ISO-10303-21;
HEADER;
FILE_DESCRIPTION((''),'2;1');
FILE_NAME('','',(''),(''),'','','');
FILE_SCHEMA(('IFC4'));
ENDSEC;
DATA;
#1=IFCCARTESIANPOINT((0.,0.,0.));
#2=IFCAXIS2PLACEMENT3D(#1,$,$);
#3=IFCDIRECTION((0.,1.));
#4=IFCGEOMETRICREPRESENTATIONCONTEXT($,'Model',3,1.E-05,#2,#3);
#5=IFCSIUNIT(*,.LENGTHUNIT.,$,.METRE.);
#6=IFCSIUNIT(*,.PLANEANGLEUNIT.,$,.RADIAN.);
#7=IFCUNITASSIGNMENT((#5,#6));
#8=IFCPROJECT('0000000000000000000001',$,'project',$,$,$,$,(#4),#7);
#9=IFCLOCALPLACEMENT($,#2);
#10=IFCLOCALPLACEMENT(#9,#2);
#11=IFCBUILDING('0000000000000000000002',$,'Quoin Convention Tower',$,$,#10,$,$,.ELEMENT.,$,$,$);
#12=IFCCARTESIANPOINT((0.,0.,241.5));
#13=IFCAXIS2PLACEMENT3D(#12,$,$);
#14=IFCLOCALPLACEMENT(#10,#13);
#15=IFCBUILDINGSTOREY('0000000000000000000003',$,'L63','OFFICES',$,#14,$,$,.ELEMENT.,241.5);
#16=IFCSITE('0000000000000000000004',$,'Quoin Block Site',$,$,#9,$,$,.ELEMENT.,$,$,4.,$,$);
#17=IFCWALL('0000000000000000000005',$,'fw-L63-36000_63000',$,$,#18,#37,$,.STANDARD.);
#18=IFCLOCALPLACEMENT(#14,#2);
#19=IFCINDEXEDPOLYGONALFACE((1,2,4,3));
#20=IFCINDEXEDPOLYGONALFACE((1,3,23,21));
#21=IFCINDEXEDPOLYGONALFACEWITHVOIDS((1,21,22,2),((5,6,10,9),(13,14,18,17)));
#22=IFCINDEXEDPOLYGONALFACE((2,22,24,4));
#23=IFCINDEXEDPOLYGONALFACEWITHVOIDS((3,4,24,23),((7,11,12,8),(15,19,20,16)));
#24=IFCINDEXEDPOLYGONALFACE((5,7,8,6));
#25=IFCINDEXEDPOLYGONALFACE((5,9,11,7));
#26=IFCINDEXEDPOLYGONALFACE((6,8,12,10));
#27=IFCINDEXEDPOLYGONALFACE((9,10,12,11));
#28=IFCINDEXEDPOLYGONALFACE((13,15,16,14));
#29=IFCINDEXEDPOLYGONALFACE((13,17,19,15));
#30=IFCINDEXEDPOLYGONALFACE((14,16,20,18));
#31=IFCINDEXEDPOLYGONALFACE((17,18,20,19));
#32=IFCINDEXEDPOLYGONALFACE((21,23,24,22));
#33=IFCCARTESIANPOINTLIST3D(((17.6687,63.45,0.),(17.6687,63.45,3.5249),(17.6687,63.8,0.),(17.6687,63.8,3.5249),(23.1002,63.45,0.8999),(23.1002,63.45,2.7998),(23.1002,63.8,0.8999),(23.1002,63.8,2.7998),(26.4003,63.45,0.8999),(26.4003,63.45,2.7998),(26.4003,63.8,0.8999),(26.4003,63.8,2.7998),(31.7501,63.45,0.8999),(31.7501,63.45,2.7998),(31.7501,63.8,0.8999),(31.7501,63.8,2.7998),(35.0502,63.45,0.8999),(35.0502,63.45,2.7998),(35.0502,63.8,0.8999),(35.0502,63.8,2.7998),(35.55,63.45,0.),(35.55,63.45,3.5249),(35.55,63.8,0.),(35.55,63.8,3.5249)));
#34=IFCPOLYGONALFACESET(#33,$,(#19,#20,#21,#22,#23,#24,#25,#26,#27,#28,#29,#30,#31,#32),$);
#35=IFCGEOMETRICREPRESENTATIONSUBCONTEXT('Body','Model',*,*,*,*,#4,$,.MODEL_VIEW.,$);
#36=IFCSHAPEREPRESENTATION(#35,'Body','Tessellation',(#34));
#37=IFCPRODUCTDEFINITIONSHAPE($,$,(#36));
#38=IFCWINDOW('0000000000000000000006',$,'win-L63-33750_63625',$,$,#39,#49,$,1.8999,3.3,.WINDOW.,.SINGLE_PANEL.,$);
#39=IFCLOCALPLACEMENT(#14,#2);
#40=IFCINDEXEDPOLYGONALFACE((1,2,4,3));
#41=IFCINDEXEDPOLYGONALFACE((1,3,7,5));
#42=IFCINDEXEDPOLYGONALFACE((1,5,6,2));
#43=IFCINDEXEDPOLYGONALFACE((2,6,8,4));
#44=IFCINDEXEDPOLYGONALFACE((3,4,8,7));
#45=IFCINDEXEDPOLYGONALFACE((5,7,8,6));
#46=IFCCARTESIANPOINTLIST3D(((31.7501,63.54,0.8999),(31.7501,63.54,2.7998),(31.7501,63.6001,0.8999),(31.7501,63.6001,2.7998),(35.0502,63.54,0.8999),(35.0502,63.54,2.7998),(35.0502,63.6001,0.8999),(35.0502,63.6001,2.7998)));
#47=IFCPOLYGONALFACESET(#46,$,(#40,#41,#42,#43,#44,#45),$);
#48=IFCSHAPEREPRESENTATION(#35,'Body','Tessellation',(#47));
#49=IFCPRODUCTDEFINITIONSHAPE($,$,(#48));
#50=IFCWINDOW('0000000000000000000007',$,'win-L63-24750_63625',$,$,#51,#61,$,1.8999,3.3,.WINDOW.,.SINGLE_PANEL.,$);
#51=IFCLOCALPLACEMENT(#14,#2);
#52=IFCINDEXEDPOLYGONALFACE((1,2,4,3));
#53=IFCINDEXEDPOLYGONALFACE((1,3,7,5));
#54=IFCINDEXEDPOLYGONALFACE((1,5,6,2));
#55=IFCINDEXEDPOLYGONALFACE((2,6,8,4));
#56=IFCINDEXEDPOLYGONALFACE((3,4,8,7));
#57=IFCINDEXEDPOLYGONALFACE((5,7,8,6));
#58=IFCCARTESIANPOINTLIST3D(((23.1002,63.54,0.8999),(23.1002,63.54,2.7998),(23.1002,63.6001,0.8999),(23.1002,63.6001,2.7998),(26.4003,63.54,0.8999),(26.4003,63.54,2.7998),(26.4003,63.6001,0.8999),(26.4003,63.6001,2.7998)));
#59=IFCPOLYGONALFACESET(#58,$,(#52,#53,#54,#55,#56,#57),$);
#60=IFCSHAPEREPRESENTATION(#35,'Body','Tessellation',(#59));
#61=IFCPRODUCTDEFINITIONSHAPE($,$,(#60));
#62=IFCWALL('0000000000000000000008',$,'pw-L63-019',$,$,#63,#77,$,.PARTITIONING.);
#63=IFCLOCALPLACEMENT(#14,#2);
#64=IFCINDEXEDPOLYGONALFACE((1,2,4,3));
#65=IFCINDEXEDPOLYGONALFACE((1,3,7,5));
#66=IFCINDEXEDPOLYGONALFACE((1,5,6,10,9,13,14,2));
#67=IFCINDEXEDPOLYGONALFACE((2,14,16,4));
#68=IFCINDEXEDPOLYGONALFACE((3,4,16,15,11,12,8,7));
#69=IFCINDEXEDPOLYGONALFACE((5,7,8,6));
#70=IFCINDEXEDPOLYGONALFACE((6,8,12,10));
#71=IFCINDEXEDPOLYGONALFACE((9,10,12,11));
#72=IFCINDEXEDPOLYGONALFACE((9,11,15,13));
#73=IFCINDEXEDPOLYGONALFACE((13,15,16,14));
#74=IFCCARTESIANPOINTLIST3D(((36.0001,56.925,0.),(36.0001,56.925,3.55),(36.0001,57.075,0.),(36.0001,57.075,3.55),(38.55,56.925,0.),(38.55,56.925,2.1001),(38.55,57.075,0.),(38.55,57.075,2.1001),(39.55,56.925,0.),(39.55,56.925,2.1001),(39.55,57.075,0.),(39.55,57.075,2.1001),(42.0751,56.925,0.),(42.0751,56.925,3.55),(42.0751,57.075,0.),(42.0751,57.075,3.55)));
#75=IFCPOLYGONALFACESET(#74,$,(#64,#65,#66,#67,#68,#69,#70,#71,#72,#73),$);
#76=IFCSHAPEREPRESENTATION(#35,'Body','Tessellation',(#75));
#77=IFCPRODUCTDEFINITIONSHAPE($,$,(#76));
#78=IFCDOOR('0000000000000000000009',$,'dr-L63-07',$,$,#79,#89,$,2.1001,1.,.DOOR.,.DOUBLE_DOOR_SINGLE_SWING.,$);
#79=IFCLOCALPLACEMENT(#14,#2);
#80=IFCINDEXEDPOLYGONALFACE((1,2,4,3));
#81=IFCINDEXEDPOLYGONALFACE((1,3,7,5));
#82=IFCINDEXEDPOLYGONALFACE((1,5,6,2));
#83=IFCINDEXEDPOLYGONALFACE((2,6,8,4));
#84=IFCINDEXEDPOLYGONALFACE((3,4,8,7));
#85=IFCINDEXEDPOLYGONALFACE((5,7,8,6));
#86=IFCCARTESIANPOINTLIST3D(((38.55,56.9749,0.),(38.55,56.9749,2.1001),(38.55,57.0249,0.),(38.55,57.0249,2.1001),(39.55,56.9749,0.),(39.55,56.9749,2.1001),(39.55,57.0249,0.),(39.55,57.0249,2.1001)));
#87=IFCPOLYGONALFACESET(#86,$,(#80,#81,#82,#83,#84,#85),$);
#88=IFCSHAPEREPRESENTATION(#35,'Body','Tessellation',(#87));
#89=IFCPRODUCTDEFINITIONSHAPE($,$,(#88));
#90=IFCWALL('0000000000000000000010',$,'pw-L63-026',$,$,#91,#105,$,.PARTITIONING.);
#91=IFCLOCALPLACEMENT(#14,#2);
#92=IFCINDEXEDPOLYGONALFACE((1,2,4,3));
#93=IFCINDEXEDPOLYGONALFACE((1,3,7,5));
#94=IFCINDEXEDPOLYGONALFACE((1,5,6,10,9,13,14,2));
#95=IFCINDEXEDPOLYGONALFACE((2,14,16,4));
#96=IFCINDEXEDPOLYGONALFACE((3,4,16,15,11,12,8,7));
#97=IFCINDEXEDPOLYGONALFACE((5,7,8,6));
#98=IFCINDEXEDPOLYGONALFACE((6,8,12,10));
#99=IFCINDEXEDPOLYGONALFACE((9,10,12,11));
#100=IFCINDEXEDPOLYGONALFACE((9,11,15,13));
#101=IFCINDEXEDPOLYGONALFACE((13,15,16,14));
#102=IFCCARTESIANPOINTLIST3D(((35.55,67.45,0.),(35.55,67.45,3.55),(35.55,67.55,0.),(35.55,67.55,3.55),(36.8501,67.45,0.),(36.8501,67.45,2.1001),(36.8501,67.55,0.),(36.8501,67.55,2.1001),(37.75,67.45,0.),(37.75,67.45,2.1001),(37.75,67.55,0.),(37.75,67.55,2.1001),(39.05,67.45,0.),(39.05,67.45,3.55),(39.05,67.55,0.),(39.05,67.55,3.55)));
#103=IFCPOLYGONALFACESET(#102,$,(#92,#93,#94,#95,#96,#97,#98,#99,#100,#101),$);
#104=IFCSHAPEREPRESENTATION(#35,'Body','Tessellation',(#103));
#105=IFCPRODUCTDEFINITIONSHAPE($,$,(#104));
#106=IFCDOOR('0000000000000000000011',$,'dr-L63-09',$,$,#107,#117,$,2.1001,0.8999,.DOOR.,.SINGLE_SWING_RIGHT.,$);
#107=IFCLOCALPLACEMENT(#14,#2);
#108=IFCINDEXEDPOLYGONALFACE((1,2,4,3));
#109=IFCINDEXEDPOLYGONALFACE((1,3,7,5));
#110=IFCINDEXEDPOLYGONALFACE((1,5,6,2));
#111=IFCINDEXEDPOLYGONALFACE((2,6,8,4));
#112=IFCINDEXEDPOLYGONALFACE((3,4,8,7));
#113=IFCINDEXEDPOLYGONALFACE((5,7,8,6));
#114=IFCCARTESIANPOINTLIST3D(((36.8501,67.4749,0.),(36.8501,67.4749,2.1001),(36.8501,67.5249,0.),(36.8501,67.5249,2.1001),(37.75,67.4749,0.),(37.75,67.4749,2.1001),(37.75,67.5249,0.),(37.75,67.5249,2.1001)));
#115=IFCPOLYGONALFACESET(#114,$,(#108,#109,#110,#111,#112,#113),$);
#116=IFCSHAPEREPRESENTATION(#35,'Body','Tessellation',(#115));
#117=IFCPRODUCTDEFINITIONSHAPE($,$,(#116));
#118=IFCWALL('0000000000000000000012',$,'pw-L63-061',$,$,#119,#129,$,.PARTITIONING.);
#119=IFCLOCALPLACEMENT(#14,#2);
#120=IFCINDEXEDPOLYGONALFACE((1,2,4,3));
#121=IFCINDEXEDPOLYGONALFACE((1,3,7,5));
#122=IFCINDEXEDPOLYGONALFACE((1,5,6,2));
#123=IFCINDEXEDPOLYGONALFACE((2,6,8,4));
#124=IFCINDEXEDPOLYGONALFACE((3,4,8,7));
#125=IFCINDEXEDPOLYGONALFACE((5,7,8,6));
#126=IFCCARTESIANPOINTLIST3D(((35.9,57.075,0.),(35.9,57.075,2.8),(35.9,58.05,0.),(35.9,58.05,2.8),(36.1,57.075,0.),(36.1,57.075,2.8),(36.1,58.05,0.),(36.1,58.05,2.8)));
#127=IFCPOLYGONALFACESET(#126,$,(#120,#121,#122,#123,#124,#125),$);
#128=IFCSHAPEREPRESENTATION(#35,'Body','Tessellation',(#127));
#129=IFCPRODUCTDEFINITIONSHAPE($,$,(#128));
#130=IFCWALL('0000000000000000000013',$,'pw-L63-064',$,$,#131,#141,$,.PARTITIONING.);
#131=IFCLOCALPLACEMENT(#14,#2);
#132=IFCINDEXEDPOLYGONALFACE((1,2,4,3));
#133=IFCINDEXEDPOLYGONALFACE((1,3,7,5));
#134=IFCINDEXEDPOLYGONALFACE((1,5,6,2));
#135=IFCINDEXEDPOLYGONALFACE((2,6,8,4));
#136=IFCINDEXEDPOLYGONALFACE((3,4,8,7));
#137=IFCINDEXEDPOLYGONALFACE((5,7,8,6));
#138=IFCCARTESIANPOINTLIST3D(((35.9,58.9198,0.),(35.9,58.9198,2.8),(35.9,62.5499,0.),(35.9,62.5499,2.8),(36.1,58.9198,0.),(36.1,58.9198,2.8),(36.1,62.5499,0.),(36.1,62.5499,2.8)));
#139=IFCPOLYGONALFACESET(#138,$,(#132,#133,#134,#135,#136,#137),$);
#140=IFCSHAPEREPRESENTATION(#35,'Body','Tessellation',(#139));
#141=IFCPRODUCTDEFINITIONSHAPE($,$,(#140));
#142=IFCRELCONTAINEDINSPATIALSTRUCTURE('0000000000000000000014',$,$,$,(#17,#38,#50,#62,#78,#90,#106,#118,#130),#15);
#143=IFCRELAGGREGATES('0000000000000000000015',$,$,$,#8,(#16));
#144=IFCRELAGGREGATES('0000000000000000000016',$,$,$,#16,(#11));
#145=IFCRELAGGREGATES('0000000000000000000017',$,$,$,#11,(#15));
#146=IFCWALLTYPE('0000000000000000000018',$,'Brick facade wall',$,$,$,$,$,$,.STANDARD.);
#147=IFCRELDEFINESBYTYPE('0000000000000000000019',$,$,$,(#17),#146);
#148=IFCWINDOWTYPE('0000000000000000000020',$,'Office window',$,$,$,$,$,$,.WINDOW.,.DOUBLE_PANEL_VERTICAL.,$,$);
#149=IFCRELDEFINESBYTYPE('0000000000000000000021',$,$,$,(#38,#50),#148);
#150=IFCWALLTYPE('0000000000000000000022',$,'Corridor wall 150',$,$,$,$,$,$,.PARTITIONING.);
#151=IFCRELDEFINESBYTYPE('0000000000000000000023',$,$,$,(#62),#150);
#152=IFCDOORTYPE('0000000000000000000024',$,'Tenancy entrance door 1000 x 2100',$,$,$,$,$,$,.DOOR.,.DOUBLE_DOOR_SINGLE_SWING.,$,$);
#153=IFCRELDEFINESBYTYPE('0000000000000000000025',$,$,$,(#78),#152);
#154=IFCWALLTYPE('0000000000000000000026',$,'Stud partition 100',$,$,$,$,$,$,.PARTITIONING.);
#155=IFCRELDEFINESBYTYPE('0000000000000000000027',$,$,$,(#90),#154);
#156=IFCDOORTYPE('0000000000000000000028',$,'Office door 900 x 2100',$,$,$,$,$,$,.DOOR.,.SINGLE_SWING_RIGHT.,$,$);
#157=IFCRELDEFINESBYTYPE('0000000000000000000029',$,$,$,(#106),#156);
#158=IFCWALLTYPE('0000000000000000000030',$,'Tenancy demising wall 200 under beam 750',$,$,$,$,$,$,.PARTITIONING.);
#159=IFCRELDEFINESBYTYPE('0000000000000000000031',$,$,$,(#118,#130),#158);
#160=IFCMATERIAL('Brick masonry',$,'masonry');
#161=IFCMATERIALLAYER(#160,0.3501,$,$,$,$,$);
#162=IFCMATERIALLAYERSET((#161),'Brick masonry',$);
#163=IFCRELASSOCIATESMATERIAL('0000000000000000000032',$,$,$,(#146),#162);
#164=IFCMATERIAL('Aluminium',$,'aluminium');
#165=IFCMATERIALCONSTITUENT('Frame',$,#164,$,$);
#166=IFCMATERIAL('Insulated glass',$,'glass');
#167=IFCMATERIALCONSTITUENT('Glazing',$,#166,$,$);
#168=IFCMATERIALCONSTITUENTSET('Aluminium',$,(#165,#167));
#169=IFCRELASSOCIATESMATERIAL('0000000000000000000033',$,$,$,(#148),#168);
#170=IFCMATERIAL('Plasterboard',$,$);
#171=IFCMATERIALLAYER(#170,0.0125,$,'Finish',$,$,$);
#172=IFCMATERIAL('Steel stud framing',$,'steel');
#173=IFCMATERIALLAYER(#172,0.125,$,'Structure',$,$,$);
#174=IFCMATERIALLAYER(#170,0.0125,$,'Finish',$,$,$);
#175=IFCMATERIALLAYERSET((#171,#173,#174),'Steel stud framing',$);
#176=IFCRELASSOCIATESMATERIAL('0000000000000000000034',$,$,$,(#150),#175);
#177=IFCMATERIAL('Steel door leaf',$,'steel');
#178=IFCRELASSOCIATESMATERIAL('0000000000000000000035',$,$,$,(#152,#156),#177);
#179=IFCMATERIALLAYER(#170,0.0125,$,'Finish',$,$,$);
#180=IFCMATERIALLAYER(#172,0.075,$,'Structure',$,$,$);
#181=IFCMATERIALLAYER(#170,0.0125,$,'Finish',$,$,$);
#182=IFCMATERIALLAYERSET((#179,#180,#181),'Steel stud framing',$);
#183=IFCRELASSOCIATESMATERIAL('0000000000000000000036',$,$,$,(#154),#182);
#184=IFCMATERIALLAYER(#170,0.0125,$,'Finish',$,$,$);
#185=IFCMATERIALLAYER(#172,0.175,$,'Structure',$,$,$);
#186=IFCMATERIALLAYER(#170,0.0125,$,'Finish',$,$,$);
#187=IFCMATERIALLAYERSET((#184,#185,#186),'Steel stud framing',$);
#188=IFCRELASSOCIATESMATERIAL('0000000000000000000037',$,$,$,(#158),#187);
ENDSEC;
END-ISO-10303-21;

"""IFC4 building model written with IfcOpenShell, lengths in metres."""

from ifc_helpers import new_model, si_unit, direction, frame, frame_2d, origin, place, context, subcontext, project, spatial, rectangle, extrude, material, layer, layer_set, constituent, constituent_set, type_object, element, fill, save


model = new_model("IFC4")

# Units and contexts
model_context = context("Model", 3, precision=1e-05, world=origin(), true_north=direction((0.0, 1.0)))
body_context = subcontext(model_context, "Body", "Model", "MODEL_VIEW")
ifc_project = project(units=[si_unit("LENGTHUNIT", "METRE"), si_unit("PLANEANGLEUNIT", "RADIAN")], contexts=[model_context])

# Site, building, storey
site_placement = place(None, origin())
site = spatial("IfcSite", under=ifc_project, at=site_placement, Name="Quoin Block Site", CompositionType="ELEMENT", RefElevation=4.0)
building_placement = place(site_placement, origin())
building = spatial("IfcBuilding", under=site, at=building_placement, Name="Quoin Convention Tower", CompositionType="ELEMENT")
storey_placement = place(building_placement, frame((0.0, 0.0, 241.5)))
storey = spatial("IfcBuildingStorey", under=building, at=storey_placement, Name="L63", Description="OFFICES", CompositionType="ELEMENT", Elevation=241.5)

# Shared definitions
ifc_material_1 = material(Name="Brick masonry", Category="masonry")
ifc_layer_1 = layer(ifc_material_1, 0.3501)
ifc_layer_set_1 = layer_set([ifc_layer_1], Name="Brick masonry")
wall_type_1 = type_object("IfcWallType", Name="Brick facade wall", PredefinedType="STANDARD", material=ifc_layer_set_1)
ifc_material_2 = material(Name="Aluminium", Category="aluminium")
ifc_constituent_1 = constituent(ifc_material_2, Name="Frame")
ifc_material_3 = material(Name="Insulated glass", Category="glass")
ifc_constituent_2 = constituent(ifc_material_3, Name="Glazing")
ifc_constituent_set = constituent_set(constituents=[ifc_constituent_1, ifc_constituent_2], Name="Aluminium")
window_type = type_object("IfcWindowType", Name="Office window", PartitioningType="DOUBLE_PANEL_VERTICAL", PredefinedType="WINDOW", material=ifc_constituent_set)

# Wall, openings, windows
wall_1_placement = place(storey_placement, frame((35.55, 63.625, 0.0), z_axis=(0.0, 0.0, 1.0), x_axis=(-1.0, 0.0, 0.0)))
wall_1 = element("IfcWall", 1, at=wall_1_placement, inside=storey, type_object=wall_type_1, Name="fw-L63-36000_63000", PredefinedType="STANDARD", context=body_context, shape_type="SweptSolid", body=[
    extrude(rectangle(XDim=17.8813, YDim=0.3501, at=frame_2d((8.9407, 0.0))), origin(), (0.0, 0.0, 1.0), 3.5249),
])
opening_1_placement = place(wall_1_placement, frame((0.5, 0.0, 0.8999)))
opening_1 = element("IfcOpeningElement", 2, at=opening_1_placement, cuts=wall_1, PredefinedType="OPENING", context=body_context, shape_type="SweptSolid", body=[
    extrude(rectangle(XDim=3.3, YDim=1.8999, at=frame_2d((1.6499, 0.95))), frame((0.0, 0.1851, 0.0), z_axis=(0.0, -1.0, 0.0), x_axis=(1.0, 0.0, 0.0)), (0.0, 0.0, 1.0), 0.3701),
])
opening_2_placement = place(wall_1_placement, frame((9.1499, 0.0, 0.8999)))
opening_2 = element("IfcOpeningElement", 3, at=opening_2_placement, cuts=wall_1, PredefinedType="OPENING", context=body_context, shape_type="SweptSolid", body=[
    extrude(rectangle(XDim=3.3, YDim=1.8999, at=frame_2d((1.6499, 0.95))), frame((0.0, 0.1851, 0.0), z_axis=(0.0, -1.0, 0.0), x_axis=(1.0, 0.0, 0.0)), (0.0, 0.0, 1.0), 0.3701),
])
window_1_placement = place(opening_1_placement, origin())
window_1 = element("IfcWindow", 4, at=window_1_placement, inside=storey, type_object=window_type, Name="win-L63-33750_63625", OverallHeight=1.8999, OverallWidth=3.3, PartitioningType="SINGLE_PANEL", PredefinedType="WINDOW", context=body_context, shape_type="SweptSolid", body=[
    extrude(rectangle(XDim=3.3, YDim=1.8999, at=frame_2d((1.6499, 0.95))), frame((0.0, 0.085, 0.0), z_axis=(0.0, -1.0, 0.0), x_axis=(1.0, 0.0, 0.0)), (0.0, 0.0, 1.0), 0.0601),
])
fill(opening_1, window_1)
window_2_placement = place(opening_2_placement, origin())
window_2 = element("IfcWindow", 5, at=window_2_placement, inside=storey, type_object=window_type, Name="win-L63-24750_63625", OverallHeight=1.8999, OverallWidth=3.3, PartitioningType="SINGLE_PANEL", PredefinedType="WINDOW", context=body_context, shape_type="SweptSolid", body=[
    extrude(rectangle(XDim=3.3, YDim=1.8999, at=frame_2d((1.6499, 0.95))), frame((0.0, 0.085, 0.0), z_axis=(0.0, -1.0, 0.0), x_axis=(1.0, 0.0, 0.0)), (0.0, 0.0, 1.0), 0.0601),
])
fill(opening_2, window_2)

# Walls, openings, doors
ifc_material_4 = material(Name="Plasterboard")
ifc_layer_2 = layer(ifc_material_4, 0.0125, Name="Finish")
ifc_material_5 = material(Name="Steel stud framing", Category="steel")
ifc_layer_3 = layer(ifc_material_5, 0.125, Name="Structure")
ifc_layer_4 = layer(ifc_material_4, 0.0125, Name="Finish")
ifc_layer_set_2 = layer_set([ifc_layer_2, ifc_layer_3, ifc_layer_4], Name="Steel stud framing")
wall_type_2 = type_object("IfcWallType", Name="Corridor wall 150", PredefinedType="PARTITIONING", material=ifc_layer_set_2)
wall_2_placement = place(storey_placement, frame((36.0, 57.0, 0.0), z_axis=(0.0, 0.0, 1.0), x_axis=(1.0, 0.0, 0.0)))
wall_2 = element("IfcWall", 6, at=wall_2_placement, inside=storey, type_object=wall_type_2, Name="pw-L63-019", PredefinedType="PARTITIONING", context=body_context, shape_type="SweptSolid", body=[
    extrude(rectangle(XDim=6.075, YDim=0.1499, at=frame_2d((3.0376, 0.0))), origin(), (0.0, 0.0, 1.0), 3.55),
])
opening_3_placement = place(wall_2_placement, frame((2.55, 0.0, 0.0)))
opening_3 = element("IfcOpeningElement", 7, at=opening_3_placement, cuts=wall_2, PredefinedType="OPENING", context=body_context, shape_type="SweptSolid", body=[
    extrude(rectangle(XDim=1.0, YDim=2.1001, at=frame_2d((0.5, 1.05))), frame((0.0, 0.085, 0.0), z_axis=(0.0, -1.0, 0.0), x_axis=(1.0, 0.0, 0.0)), (0.0, 0.0, 1.0), 0.1699),
])
ifc_material_6 = material(Name="Steel door leaf", Category="steel")
door_type_1 = type_object("IfcDoorType", Name="Tenancy entrance door 1000 x 2100", OperationType="DOUBLE_DOOR_SINGLE_SWING", PredefinedType="DOOR", material=ifc_material_6)
door_1_placement = place(opening_3_placement, origin())
door_1 = element("IfcDoor", 8, at=door_1_placement, inside=storey, type_object=door_type_1, Name="dr-L63-07", OperationType="DOUBLE_DOOR_SINGLE_SWING", OverallHeight=2.1001, OverallWidth=1.0, PredefinedType="DOOR", context=body_context, shape_type="SweptSolid", body=[
    extrude(rectangle(XDim=1.0, YDim=2.1001, at=frame_2d((0.5, 1.05))), frame((0.0, 0.0249, 0.0), z_axis=(0.0, -1.0, 0.0), x_axis=(1.0, 0.0, 0.0)), (0.0, 0.0, 1.0), 0.05),
])
fill(opening_3, door_1)
ifc_layer_5 = layer(ifc_material_4, 0.0125, Name="Finish")
ifc_layer_6 = layer(ifc_material_5, 0.075, Name="Structure")
ifc_layer_7 = layer(ifc_material_4, 0.0125, Name="Finish")
ifc_layer_set_3 = layer_set([ifc_layer_5, ifc_layer_6, ifc_layer_7], Name="Steel stud framing")
wall_type_3 = type_object("IfcWallType", Name="Stud partition 100", PredefinedType="PARTITIONING", material=ifc_layer_set_3)
wall_3_placement = place(storey_placement, frame((35.55, 67.5, 0.0), z_axis=(0.0, 0.0, 1.0), x_axis=(1.0, 0.0, 0.0)))
wall_3 = element("IfcWall", 9, at=wall_3_placement, inside=storey, type_object=wall_type_3, Name="pw-L63-026", PredefinedType="PARTITIONING", context=body_context, shape_type="SweptSolid", body=[
    extrude(rectangle(XDim=3.5, YDim=0.1001, at=frame_2d((1.75, 0.0))), origin(), (0.0, 0.0, 1.0), 3.55),
])
opening_4_placement = place(wall_3_placement, frame((1.3, 0.0, 0.0)))
opening_4 = element("IfcOpeningElement", 10, at=opening_4_placement, cuts=wall_3, PredefinedType="OPENING", context=body_context, shape_type="SweptSolid", body=[
    extrude(rectangle(XDim=0.8999, YDim=2.1001, at=frame_2d((0.45, 1.05))), frame((0.0, 0.0601, 0.0), z_axis=(0.0, -1.0, 0.0), x_axis=(1.0, 0.0, 0.0)), (0.0, 0.0, 1.0), 0.1201),
])
door_type_2 = type_object("IfcDoorType", Name="Office door 900 x 2100", OperationType="SINGLE_SWING_RIGHT", PredefinedType="DOOR", material=ifc_material_6)
door_2_placement = place(opening_4_placement, origin())
door_2 = element("IfcDoor", 11, at=door_2_placement, inside=storey, type_object=door_type_2, Name="dr-L63-09", OperationType="SINGLE_SWING_RIGHT", OverallHeight=2.1001, OverallWidth=0.8999, PredefinedType="DOOR", context=body_context, shape_type="SweptSolid", body=[
    extrude(rectangle(XDim=0.8999, YDim=2.1001, at=frame_2d((0.45, 1.05))), frame((0.0, 0.0249, 0.0), z_axis=(0.0, -1.0, 0.0), x_axis=(1.0, 0.0, 0.0)), (0.0, 0.0, 1.0), 0.05),
])
fill(opening_4, door_2)

# Walls
ifc_layer_8 = layer(ifc_material_4, 0.0125, Name="Finish")
ifc_layer_9 = layer(ifc_material_5, 0.175, Name="Structure")
ifc_layer_10 = layer(ifc_material_4, 0.0125, Name="Finish")
ifc_layer_set_4 = layer_set([ifc_layer_8, ifc_layer_9, ifc_layer_10], Name="Steel stud framing")
wall_type_4 = type_object("IfcWallType", Name="Tenancy demising wall 200 under beam 750", PredefinedType="PARTITIONING", material=ifc_layer_set_4)
wall_4_placement = place(storey_placement, frame((36.0, 57.075, 0.0), z_axis=(0.0, 0.0, 1.0), x_axis=(0.0, 1.0, 0.0)))
element("IfcWall", 12, at=wall_4_placement, inside=storey, type_object=wall_type_4, Name="pw-L63-061", PredefinedType="PARTITIONING", context=body_context, shape_type="SweptSolid", body=[
    extrude(rectangle(XDim=0.9751, YDim=0.2, at=frame_2d((0.4875, 0.0))), origin(), (0.0, 0.0, 1.0), 2.8),
])
wall_5_placement = place(storey_placement, frame((36.0, 58.9199, 0.0), z_axis=(0.0, 0.0, 1.0), x_axis=(0.0, 1.0, 0.0)))
element("IfcWall", 13, at=wall_5_placement, inside=storey, type_object=wall_type_4, Name="pw-L63-064", PredefinedType="PARTITIONING", context=body_context, shape_type="SweptSolid", body=[
    extrude(rectangle(XDim=3.6301, YDim=0.2, at=frame_2d((1.8149, 0.0))), origin(), (0.0, 0.0, 1.0), 2.8),
])

save(model, "model.ifc")
